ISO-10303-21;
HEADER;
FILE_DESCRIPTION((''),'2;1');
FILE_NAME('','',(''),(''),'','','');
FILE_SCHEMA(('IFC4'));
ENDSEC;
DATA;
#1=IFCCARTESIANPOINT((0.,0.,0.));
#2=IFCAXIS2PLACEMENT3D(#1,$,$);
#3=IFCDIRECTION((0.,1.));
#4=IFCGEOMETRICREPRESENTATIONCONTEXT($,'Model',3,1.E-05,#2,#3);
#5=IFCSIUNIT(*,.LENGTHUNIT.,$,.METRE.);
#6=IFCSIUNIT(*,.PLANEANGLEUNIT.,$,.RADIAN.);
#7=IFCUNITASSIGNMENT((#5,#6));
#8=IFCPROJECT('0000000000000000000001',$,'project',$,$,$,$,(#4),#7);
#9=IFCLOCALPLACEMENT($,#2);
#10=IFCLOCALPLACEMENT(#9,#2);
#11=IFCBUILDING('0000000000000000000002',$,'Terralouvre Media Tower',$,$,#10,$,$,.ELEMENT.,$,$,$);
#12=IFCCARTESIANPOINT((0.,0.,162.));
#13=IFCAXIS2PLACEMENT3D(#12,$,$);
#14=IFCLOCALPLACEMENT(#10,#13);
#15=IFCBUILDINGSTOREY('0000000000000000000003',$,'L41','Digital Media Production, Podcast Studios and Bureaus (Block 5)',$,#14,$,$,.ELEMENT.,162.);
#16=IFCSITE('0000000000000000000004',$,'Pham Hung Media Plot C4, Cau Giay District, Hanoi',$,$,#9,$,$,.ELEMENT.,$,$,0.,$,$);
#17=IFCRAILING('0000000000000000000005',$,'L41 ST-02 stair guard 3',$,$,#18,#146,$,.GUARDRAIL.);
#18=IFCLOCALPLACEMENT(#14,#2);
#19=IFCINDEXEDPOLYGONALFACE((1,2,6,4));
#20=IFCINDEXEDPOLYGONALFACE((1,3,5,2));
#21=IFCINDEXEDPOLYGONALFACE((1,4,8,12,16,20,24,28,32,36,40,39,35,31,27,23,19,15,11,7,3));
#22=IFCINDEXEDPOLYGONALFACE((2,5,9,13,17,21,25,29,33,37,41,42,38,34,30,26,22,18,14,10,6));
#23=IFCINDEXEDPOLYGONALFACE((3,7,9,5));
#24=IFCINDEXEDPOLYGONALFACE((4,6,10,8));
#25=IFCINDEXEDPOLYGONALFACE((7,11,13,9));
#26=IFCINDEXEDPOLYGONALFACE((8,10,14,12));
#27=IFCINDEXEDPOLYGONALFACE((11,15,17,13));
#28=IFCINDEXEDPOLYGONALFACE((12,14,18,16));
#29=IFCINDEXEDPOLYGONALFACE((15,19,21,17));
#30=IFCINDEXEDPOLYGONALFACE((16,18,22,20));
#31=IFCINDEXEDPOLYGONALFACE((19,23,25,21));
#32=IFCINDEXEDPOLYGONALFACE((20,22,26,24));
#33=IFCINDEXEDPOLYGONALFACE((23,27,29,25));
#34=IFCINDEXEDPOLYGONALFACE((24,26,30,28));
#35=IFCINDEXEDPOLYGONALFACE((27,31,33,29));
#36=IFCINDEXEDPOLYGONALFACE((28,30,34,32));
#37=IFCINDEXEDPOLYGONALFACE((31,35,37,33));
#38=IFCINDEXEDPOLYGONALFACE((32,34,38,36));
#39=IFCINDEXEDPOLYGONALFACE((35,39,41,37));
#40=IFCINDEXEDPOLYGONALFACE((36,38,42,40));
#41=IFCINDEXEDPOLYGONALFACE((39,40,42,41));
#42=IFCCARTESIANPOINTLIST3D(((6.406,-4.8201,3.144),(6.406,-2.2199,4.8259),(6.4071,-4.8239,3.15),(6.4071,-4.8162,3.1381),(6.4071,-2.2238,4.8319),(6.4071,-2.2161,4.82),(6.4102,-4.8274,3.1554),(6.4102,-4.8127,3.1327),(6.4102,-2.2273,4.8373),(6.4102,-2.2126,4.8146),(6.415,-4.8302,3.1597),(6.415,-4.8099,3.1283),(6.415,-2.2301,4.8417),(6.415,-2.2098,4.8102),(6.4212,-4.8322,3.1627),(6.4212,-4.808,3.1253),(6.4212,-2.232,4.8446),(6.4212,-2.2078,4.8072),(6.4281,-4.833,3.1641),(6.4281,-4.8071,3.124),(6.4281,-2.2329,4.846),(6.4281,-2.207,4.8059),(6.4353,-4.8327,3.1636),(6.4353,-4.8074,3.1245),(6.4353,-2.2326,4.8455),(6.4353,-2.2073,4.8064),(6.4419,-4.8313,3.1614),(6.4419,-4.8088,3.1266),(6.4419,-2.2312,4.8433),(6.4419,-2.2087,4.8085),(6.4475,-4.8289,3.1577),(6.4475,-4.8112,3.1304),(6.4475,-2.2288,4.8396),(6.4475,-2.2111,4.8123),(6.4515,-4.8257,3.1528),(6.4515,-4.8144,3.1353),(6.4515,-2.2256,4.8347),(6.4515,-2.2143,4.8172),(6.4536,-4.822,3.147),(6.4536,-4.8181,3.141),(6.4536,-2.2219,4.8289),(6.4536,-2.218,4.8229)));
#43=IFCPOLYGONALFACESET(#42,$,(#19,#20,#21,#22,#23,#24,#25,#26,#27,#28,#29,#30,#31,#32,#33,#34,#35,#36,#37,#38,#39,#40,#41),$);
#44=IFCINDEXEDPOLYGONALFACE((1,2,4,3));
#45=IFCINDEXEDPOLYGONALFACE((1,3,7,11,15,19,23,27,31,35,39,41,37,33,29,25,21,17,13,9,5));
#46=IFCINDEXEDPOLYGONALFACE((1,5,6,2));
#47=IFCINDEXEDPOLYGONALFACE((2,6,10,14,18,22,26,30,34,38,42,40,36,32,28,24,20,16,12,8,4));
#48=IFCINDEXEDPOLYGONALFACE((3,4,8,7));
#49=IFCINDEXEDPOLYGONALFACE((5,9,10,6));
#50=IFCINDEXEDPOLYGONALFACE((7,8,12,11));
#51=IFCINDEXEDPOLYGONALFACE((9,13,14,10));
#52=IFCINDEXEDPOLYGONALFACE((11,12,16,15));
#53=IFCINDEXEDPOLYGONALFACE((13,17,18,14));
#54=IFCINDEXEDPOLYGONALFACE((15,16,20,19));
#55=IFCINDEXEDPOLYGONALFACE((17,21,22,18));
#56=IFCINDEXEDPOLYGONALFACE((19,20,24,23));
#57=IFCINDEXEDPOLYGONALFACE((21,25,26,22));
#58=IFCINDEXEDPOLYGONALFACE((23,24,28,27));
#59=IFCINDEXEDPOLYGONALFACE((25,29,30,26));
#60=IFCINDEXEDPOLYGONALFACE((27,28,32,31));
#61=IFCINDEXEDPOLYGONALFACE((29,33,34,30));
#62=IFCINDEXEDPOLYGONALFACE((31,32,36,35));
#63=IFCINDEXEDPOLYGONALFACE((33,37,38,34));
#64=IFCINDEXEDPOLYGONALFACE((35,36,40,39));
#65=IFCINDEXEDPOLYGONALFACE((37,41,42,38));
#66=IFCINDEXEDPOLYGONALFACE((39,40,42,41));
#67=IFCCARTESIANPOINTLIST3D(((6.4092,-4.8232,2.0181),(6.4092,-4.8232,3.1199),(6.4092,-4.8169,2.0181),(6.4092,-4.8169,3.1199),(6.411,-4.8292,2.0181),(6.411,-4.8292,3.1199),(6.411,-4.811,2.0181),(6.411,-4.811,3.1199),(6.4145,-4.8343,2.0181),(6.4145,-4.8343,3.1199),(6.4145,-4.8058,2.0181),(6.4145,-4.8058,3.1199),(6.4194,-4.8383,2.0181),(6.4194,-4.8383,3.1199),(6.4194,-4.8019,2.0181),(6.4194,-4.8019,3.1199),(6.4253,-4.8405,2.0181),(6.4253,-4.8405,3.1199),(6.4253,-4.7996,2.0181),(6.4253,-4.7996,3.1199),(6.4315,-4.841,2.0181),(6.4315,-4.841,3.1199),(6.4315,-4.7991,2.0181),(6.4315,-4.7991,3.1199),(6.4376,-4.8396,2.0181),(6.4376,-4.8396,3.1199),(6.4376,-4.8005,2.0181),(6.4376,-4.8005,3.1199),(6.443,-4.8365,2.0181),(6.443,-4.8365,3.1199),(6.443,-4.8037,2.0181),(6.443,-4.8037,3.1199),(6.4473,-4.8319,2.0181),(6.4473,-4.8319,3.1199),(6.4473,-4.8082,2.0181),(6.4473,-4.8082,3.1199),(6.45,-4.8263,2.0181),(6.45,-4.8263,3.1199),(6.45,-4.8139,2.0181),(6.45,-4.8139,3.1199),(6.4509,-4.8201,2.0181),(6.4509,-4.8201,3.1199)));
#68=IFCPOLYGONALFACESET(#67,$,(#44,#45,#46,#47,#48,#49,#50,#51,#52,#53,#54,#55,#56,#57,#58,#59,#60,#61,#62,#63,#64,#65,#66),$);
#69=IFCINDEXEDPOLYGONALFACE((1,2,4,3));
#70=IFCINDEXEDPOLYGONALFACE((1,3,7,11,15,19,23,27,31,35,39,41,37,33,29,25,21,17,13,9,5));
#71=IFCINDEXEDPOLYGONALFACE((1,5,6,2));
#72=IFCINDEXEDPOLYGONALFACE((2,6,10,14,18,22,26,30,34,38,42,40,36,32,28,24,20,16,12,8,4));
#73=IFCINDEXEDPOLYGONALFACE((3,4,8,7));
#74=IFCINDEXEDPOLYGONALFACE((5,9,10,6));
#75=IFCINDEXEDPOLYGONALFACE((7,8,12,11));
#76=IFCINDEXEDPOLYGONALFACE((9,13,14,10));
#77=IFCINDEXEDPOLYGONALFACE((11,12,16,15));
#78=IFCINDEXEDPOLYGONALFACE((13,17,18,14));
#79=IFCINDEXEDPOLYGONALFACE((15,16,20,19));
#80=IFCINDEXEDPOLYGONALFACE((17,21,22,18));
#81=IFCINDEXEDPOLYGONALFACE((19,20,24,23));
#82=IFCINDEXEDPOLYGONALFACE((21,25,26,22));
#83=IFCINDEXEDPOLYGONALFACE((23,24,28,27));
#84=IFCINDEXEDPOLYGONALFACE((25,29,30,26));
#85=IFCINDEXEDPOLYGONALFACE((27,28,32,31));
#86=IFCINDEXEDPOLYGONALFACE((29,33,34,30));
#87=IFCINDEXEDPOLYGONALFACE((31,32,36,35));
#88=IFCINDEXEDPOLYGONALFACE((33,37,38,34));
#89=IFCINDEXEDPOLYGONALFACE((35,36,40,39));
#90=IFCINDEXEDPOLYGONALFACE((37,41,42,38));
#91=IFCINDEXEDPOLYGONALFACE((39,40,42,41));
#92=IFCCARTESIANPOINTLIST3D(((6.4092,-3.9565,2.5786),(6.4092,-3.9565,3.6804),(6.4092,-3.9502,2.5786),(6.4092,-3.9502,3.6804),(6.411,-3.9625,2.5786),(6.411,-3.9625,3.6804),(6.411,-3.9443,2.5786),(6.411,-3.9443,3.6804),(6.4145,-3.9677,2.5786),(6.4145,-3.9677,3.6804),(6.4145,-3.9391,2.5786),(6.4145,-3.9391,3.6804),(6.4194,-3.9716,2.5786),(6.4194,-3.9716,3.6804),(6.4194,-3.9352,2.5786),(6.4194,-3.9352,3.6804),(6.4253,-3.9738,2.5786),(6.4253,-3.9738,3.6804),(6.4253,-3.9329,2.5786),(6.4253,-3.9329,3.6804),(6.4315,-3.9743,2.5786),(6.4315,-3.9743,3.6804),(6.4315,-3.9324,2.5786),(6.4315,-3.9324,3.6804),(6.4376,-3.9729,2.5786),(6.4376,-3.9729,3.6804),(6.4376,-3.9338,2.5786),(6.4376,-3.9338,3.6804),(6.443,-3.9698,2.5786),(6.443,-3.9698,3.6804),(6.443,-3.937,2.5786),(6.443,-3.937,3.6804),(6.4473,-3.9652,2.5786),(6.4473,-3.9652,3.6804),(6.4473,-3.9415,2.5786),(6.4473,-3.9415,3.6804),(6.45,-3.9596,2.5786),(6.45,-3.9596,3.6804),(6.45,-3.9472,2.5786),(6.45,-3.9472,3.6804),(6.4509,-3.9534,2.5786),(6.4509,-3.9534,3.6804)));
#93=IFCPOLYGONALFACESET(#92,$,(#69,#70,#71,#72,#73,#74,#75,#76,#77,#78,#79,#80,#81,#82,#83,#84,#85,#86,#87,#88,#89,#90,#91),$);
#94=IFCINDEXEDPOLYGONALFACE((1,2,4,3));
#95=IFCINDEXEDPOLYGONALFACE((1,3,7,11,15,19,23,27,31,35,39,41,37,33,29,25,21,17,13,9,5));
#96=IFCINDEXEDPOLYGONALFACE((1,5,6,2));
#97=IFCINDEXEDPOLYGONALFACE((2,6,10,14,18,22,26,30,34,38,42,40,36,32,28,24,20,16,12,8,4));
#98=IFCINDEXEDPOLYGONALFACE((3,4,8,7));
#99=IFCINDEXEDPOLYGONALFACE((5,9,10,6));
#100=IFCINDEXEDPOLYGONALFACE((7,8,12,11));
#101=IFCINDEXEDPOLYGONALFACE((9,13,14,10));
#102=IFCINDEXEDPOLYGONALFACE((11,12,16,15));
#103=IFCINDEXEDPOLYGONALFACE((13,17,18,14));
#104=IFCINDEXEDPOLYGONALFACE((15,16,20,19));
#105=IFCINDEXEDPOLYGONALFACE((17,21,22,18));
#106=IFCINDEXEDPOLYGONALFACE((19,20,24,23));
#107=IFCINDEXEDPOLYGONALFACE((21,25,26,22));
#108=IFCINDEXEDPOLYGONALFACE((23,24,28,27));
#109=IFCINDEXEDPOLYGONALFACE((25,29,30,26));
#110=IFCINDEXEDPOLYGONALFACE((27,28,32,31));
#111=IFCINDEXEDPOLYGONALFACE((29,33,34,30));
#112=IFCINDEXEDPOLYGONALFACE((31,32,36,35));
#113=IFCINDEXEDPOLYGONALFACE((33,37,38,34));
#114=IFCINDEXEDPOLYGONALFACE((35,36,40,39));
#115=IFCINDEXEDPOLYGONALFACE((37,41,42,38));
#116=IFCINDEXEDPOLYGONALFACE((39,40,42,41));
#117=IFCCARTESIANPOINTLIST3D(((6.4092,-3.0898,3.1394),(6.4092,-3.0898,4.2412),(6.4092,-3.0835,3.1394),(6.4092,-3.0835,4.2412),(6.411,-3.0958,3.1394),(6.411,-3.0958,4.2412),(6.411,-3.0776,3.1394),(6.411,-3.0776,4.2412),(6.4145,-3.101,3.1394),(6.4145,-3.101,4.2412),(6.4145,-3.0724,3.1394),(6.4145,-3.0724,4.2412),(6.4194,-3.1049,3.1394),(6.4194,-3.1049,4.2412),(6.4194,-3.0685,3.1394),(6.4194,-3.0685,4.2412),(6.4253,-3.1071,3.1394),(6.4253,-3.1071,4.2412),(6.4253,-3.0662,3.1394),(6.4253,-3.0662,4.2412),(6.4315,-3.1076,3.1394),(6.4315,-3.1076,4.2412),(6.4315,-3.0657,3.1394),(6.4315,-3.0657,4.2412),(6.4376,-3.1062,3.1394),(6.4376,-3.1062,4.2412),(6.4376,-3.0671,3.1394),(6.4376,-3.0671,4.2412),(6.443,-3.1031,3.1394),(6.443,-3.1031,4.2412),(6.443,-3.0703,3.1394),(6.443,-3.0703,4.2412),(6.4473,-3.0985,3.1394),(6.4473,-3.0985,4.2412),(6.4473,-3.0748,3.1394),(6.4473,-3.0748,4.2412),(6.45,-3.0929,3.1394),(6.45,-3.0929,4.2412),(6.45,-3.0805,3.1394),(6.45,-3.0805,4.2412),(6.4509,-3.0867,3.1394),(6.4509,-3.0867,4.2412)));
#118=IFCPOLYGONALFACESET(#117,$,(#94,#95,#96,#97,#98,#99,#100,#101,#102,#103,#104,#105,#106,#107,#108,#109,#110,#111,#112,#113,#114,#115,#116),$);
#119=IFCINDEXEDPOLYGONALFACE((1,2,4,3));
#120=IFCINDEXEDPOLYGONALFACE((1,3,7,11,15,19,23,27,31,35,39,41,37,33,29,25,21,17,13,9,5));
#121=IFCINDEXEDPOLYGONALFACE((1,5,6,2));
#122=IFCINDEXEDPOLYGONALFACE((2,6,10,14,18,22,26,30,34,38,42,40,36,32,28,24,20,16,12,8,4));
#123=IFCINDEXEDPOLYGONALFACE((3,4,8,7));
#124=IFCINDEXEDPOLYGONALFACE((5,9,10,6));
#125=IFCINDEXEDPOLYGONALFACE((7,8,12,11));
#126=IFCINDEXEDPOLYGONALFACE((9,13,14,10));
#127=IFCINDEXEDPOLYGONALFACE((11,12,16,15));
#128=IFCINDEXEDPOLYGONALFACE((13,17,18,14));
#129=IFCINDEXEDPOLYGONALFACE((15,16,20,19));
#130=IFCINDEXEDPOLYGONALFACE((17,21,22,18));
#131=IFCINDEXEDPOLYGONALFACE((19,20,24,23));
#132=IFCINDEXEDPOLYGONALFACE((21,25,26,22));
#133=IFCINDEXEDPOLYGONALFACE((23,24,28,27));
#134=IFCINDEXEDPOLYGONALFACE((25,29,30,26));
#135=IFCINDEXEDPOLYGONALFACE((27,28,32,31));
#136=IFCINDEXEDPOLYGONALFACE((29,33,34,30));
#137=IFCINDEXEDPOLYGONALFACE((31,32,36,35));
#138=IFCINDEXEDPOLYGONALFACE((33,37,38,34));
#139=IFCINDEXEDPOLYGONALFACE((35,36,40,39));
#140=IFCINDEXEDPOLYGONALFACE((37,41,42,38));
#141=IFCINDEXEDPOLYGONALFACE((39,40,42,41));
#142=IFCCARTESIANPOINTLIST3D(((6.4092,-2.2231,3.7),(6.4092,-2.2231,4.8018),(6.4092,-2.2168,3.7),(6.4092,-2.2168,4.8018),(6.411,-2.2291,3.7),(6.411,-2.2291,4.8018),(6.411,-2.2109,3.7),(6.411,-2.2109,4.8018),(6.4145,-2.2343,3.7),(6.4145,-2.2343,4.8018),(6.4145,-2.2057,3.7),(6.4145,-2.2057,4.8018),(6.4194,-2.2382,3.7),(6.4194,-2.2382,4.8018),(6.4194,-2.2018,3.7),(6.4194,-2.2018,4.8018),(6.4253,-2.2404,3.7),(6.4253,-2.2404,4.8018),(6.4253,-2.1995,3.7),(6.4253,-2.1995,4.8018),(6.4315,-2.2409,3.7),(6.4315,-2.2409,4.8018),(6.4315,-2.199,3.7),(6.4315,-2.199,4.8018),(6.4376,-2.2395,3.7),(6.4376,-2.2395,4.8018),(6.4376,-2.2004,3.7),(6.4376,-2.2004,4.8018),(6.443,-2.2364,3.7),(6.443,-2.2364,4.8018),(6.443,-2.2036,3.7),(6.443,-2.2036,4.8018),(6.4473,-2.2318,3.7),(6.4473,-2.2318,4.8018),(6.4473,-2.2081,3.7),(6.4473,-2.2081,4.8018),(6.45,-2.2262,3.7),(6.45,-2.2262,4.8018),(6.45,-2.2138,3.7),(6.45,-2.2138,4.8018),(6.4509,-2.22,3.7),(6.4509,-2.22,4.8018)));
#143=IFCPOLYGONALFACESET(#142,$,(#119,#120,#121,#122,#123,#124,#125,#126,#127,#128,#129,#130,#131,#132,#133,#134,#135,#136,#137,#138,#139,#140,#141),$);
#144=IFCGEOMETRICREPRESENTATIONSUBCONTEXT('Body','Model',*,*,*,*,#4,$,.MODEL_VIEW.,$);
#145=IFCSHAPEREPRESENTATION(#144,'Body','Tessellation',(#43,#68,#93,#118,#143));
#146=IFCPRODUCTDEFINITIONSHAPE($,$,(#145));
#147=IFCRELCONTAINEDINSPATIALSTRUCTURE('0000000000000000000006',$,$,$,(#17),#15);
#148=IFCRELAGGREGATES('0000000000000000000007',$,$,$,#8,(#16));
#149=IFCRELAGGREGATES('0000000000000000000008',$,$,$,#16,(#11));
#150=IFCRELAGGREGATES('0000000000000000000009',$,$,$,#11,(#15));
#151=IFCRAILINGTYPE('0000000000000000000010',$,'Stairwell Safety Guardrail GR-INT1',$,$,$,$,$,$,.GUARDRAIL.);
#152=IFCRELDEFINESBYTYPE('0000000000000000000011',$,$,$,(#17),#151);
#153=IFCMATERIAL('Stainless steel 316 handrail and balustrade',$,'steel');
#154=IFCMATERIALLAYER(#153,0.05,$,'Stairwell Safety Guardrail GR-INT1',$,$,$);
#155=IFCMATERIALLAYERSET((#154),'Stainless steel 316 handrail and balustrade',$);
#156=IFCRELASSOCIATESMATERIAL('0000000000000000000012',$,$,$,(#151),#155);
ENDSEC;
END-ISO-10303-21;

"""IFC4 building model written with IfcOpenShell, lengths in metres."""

from ifc_helpers import new_model, si_unit, direction, frame, origin, origin_2d, place, context, subcontext, project, spatial, circle, extrude, material, layer, layer_set, type_object, element, save


model = new_model("IFC4")

# Units and contexts
model_context = context("Model", 3, precision=1e-05, world=origin(), true_north=direction((0.0, 1.0)))
body_context = subcontext(model_context, "Body", "Model", "MODEL_VIEW")
ifc_project = project(units=[si_unit("LENGTHUNIT", "METRE"), si_unit("PLANEANGLEUNIT", "RADIAN")], contexts=[model_context])

# Site, building, storey
site_placement = place(None, origin())
site = spatial("IfcSite", under=ifc_project, at=site_placement, Name="Pham Hung Media Plot C4, Cau Giay District, Hanoi", CompositionType="ELEMENT", RefElevation=0.0)
building_placement = place(site_placement, origin())
building = spatial("IfcBuilding", under=site, at=building_placement, Name="Terralouvre Media Tower", CompositionType="ELEMENT")
storey_placement = place(building_placement, frame((0.0, 0.0, 162.0)))
storey = spatial("IfcBuildingStorey", under=building, at=storey_placement, Name="L41", Description="Digital Media Production, Podcast Studios and Bureaus (Block 5)", CompositionType="ELEMENT", Elevation=162.0)

# Railing
ifc_material_1 = material(Name="Stainless steel 316 handrail and balustrade", Category="steel")
ifc_layer_1 = layer(ifc_material_1, 0.05, Name="Stairwell Safety Guardrail GR-INT1")
ifc_layer_set_1 = layer_set([ifc_layer_1], Name="Stainless steel 316 handrail and balustrade")
railing_type_1 = type_object("IfcRailingType", Name="Stairwell Safety Guardrail GR-INT1", PredefinedType="GUARDRAIL", material=ifc_layer_set_1)
railing_1_placement = place(storey_placement, frame((6.4299, -4.8201, 2.0181)))
element("IfcRailing", 1, at=railing_1_placement, inside=storey, type_object=railing_type_1, Name="L41 ST-02 stair guard 3", PredefinedType="GUARDRAIL", context=body_context, shape_type="SweptSolid", body=[
    extrude(circle(Radius=0.0239, at=origin_2d()), frame((0.0, 0.0, 1.126), z_axis=(0.0, 0.839648, 0.54313), x_axis=(-1.0, 0.0, 0.0)), (0.0, 0.0, 1.0), 3.0967),
    extrude(circle(Radius=0.021, at=origin_2d()), origin(), (0.0, 0.0, 1.0), 1.1018),
    extrude(circle(Radius=0.021, at=origin_2d()), frame((0.0, 0.8667, 0.5605)), (0.0, 0.0, 1.0), 1.1018),
    extrude(circle(Radius=0.021, at=origin_2d()), frame((0.0, 1.7334, 1.1213)), (0.0, 0.0, 1.0), 1.1018),
    extrude(circle(Radius=0.021, at=origin_2d()), frame((0.0, 2.6001, 1.6819)), (0.0, 0.0, 1.0), 1.1018),
])

save(model, "model.ifc")
